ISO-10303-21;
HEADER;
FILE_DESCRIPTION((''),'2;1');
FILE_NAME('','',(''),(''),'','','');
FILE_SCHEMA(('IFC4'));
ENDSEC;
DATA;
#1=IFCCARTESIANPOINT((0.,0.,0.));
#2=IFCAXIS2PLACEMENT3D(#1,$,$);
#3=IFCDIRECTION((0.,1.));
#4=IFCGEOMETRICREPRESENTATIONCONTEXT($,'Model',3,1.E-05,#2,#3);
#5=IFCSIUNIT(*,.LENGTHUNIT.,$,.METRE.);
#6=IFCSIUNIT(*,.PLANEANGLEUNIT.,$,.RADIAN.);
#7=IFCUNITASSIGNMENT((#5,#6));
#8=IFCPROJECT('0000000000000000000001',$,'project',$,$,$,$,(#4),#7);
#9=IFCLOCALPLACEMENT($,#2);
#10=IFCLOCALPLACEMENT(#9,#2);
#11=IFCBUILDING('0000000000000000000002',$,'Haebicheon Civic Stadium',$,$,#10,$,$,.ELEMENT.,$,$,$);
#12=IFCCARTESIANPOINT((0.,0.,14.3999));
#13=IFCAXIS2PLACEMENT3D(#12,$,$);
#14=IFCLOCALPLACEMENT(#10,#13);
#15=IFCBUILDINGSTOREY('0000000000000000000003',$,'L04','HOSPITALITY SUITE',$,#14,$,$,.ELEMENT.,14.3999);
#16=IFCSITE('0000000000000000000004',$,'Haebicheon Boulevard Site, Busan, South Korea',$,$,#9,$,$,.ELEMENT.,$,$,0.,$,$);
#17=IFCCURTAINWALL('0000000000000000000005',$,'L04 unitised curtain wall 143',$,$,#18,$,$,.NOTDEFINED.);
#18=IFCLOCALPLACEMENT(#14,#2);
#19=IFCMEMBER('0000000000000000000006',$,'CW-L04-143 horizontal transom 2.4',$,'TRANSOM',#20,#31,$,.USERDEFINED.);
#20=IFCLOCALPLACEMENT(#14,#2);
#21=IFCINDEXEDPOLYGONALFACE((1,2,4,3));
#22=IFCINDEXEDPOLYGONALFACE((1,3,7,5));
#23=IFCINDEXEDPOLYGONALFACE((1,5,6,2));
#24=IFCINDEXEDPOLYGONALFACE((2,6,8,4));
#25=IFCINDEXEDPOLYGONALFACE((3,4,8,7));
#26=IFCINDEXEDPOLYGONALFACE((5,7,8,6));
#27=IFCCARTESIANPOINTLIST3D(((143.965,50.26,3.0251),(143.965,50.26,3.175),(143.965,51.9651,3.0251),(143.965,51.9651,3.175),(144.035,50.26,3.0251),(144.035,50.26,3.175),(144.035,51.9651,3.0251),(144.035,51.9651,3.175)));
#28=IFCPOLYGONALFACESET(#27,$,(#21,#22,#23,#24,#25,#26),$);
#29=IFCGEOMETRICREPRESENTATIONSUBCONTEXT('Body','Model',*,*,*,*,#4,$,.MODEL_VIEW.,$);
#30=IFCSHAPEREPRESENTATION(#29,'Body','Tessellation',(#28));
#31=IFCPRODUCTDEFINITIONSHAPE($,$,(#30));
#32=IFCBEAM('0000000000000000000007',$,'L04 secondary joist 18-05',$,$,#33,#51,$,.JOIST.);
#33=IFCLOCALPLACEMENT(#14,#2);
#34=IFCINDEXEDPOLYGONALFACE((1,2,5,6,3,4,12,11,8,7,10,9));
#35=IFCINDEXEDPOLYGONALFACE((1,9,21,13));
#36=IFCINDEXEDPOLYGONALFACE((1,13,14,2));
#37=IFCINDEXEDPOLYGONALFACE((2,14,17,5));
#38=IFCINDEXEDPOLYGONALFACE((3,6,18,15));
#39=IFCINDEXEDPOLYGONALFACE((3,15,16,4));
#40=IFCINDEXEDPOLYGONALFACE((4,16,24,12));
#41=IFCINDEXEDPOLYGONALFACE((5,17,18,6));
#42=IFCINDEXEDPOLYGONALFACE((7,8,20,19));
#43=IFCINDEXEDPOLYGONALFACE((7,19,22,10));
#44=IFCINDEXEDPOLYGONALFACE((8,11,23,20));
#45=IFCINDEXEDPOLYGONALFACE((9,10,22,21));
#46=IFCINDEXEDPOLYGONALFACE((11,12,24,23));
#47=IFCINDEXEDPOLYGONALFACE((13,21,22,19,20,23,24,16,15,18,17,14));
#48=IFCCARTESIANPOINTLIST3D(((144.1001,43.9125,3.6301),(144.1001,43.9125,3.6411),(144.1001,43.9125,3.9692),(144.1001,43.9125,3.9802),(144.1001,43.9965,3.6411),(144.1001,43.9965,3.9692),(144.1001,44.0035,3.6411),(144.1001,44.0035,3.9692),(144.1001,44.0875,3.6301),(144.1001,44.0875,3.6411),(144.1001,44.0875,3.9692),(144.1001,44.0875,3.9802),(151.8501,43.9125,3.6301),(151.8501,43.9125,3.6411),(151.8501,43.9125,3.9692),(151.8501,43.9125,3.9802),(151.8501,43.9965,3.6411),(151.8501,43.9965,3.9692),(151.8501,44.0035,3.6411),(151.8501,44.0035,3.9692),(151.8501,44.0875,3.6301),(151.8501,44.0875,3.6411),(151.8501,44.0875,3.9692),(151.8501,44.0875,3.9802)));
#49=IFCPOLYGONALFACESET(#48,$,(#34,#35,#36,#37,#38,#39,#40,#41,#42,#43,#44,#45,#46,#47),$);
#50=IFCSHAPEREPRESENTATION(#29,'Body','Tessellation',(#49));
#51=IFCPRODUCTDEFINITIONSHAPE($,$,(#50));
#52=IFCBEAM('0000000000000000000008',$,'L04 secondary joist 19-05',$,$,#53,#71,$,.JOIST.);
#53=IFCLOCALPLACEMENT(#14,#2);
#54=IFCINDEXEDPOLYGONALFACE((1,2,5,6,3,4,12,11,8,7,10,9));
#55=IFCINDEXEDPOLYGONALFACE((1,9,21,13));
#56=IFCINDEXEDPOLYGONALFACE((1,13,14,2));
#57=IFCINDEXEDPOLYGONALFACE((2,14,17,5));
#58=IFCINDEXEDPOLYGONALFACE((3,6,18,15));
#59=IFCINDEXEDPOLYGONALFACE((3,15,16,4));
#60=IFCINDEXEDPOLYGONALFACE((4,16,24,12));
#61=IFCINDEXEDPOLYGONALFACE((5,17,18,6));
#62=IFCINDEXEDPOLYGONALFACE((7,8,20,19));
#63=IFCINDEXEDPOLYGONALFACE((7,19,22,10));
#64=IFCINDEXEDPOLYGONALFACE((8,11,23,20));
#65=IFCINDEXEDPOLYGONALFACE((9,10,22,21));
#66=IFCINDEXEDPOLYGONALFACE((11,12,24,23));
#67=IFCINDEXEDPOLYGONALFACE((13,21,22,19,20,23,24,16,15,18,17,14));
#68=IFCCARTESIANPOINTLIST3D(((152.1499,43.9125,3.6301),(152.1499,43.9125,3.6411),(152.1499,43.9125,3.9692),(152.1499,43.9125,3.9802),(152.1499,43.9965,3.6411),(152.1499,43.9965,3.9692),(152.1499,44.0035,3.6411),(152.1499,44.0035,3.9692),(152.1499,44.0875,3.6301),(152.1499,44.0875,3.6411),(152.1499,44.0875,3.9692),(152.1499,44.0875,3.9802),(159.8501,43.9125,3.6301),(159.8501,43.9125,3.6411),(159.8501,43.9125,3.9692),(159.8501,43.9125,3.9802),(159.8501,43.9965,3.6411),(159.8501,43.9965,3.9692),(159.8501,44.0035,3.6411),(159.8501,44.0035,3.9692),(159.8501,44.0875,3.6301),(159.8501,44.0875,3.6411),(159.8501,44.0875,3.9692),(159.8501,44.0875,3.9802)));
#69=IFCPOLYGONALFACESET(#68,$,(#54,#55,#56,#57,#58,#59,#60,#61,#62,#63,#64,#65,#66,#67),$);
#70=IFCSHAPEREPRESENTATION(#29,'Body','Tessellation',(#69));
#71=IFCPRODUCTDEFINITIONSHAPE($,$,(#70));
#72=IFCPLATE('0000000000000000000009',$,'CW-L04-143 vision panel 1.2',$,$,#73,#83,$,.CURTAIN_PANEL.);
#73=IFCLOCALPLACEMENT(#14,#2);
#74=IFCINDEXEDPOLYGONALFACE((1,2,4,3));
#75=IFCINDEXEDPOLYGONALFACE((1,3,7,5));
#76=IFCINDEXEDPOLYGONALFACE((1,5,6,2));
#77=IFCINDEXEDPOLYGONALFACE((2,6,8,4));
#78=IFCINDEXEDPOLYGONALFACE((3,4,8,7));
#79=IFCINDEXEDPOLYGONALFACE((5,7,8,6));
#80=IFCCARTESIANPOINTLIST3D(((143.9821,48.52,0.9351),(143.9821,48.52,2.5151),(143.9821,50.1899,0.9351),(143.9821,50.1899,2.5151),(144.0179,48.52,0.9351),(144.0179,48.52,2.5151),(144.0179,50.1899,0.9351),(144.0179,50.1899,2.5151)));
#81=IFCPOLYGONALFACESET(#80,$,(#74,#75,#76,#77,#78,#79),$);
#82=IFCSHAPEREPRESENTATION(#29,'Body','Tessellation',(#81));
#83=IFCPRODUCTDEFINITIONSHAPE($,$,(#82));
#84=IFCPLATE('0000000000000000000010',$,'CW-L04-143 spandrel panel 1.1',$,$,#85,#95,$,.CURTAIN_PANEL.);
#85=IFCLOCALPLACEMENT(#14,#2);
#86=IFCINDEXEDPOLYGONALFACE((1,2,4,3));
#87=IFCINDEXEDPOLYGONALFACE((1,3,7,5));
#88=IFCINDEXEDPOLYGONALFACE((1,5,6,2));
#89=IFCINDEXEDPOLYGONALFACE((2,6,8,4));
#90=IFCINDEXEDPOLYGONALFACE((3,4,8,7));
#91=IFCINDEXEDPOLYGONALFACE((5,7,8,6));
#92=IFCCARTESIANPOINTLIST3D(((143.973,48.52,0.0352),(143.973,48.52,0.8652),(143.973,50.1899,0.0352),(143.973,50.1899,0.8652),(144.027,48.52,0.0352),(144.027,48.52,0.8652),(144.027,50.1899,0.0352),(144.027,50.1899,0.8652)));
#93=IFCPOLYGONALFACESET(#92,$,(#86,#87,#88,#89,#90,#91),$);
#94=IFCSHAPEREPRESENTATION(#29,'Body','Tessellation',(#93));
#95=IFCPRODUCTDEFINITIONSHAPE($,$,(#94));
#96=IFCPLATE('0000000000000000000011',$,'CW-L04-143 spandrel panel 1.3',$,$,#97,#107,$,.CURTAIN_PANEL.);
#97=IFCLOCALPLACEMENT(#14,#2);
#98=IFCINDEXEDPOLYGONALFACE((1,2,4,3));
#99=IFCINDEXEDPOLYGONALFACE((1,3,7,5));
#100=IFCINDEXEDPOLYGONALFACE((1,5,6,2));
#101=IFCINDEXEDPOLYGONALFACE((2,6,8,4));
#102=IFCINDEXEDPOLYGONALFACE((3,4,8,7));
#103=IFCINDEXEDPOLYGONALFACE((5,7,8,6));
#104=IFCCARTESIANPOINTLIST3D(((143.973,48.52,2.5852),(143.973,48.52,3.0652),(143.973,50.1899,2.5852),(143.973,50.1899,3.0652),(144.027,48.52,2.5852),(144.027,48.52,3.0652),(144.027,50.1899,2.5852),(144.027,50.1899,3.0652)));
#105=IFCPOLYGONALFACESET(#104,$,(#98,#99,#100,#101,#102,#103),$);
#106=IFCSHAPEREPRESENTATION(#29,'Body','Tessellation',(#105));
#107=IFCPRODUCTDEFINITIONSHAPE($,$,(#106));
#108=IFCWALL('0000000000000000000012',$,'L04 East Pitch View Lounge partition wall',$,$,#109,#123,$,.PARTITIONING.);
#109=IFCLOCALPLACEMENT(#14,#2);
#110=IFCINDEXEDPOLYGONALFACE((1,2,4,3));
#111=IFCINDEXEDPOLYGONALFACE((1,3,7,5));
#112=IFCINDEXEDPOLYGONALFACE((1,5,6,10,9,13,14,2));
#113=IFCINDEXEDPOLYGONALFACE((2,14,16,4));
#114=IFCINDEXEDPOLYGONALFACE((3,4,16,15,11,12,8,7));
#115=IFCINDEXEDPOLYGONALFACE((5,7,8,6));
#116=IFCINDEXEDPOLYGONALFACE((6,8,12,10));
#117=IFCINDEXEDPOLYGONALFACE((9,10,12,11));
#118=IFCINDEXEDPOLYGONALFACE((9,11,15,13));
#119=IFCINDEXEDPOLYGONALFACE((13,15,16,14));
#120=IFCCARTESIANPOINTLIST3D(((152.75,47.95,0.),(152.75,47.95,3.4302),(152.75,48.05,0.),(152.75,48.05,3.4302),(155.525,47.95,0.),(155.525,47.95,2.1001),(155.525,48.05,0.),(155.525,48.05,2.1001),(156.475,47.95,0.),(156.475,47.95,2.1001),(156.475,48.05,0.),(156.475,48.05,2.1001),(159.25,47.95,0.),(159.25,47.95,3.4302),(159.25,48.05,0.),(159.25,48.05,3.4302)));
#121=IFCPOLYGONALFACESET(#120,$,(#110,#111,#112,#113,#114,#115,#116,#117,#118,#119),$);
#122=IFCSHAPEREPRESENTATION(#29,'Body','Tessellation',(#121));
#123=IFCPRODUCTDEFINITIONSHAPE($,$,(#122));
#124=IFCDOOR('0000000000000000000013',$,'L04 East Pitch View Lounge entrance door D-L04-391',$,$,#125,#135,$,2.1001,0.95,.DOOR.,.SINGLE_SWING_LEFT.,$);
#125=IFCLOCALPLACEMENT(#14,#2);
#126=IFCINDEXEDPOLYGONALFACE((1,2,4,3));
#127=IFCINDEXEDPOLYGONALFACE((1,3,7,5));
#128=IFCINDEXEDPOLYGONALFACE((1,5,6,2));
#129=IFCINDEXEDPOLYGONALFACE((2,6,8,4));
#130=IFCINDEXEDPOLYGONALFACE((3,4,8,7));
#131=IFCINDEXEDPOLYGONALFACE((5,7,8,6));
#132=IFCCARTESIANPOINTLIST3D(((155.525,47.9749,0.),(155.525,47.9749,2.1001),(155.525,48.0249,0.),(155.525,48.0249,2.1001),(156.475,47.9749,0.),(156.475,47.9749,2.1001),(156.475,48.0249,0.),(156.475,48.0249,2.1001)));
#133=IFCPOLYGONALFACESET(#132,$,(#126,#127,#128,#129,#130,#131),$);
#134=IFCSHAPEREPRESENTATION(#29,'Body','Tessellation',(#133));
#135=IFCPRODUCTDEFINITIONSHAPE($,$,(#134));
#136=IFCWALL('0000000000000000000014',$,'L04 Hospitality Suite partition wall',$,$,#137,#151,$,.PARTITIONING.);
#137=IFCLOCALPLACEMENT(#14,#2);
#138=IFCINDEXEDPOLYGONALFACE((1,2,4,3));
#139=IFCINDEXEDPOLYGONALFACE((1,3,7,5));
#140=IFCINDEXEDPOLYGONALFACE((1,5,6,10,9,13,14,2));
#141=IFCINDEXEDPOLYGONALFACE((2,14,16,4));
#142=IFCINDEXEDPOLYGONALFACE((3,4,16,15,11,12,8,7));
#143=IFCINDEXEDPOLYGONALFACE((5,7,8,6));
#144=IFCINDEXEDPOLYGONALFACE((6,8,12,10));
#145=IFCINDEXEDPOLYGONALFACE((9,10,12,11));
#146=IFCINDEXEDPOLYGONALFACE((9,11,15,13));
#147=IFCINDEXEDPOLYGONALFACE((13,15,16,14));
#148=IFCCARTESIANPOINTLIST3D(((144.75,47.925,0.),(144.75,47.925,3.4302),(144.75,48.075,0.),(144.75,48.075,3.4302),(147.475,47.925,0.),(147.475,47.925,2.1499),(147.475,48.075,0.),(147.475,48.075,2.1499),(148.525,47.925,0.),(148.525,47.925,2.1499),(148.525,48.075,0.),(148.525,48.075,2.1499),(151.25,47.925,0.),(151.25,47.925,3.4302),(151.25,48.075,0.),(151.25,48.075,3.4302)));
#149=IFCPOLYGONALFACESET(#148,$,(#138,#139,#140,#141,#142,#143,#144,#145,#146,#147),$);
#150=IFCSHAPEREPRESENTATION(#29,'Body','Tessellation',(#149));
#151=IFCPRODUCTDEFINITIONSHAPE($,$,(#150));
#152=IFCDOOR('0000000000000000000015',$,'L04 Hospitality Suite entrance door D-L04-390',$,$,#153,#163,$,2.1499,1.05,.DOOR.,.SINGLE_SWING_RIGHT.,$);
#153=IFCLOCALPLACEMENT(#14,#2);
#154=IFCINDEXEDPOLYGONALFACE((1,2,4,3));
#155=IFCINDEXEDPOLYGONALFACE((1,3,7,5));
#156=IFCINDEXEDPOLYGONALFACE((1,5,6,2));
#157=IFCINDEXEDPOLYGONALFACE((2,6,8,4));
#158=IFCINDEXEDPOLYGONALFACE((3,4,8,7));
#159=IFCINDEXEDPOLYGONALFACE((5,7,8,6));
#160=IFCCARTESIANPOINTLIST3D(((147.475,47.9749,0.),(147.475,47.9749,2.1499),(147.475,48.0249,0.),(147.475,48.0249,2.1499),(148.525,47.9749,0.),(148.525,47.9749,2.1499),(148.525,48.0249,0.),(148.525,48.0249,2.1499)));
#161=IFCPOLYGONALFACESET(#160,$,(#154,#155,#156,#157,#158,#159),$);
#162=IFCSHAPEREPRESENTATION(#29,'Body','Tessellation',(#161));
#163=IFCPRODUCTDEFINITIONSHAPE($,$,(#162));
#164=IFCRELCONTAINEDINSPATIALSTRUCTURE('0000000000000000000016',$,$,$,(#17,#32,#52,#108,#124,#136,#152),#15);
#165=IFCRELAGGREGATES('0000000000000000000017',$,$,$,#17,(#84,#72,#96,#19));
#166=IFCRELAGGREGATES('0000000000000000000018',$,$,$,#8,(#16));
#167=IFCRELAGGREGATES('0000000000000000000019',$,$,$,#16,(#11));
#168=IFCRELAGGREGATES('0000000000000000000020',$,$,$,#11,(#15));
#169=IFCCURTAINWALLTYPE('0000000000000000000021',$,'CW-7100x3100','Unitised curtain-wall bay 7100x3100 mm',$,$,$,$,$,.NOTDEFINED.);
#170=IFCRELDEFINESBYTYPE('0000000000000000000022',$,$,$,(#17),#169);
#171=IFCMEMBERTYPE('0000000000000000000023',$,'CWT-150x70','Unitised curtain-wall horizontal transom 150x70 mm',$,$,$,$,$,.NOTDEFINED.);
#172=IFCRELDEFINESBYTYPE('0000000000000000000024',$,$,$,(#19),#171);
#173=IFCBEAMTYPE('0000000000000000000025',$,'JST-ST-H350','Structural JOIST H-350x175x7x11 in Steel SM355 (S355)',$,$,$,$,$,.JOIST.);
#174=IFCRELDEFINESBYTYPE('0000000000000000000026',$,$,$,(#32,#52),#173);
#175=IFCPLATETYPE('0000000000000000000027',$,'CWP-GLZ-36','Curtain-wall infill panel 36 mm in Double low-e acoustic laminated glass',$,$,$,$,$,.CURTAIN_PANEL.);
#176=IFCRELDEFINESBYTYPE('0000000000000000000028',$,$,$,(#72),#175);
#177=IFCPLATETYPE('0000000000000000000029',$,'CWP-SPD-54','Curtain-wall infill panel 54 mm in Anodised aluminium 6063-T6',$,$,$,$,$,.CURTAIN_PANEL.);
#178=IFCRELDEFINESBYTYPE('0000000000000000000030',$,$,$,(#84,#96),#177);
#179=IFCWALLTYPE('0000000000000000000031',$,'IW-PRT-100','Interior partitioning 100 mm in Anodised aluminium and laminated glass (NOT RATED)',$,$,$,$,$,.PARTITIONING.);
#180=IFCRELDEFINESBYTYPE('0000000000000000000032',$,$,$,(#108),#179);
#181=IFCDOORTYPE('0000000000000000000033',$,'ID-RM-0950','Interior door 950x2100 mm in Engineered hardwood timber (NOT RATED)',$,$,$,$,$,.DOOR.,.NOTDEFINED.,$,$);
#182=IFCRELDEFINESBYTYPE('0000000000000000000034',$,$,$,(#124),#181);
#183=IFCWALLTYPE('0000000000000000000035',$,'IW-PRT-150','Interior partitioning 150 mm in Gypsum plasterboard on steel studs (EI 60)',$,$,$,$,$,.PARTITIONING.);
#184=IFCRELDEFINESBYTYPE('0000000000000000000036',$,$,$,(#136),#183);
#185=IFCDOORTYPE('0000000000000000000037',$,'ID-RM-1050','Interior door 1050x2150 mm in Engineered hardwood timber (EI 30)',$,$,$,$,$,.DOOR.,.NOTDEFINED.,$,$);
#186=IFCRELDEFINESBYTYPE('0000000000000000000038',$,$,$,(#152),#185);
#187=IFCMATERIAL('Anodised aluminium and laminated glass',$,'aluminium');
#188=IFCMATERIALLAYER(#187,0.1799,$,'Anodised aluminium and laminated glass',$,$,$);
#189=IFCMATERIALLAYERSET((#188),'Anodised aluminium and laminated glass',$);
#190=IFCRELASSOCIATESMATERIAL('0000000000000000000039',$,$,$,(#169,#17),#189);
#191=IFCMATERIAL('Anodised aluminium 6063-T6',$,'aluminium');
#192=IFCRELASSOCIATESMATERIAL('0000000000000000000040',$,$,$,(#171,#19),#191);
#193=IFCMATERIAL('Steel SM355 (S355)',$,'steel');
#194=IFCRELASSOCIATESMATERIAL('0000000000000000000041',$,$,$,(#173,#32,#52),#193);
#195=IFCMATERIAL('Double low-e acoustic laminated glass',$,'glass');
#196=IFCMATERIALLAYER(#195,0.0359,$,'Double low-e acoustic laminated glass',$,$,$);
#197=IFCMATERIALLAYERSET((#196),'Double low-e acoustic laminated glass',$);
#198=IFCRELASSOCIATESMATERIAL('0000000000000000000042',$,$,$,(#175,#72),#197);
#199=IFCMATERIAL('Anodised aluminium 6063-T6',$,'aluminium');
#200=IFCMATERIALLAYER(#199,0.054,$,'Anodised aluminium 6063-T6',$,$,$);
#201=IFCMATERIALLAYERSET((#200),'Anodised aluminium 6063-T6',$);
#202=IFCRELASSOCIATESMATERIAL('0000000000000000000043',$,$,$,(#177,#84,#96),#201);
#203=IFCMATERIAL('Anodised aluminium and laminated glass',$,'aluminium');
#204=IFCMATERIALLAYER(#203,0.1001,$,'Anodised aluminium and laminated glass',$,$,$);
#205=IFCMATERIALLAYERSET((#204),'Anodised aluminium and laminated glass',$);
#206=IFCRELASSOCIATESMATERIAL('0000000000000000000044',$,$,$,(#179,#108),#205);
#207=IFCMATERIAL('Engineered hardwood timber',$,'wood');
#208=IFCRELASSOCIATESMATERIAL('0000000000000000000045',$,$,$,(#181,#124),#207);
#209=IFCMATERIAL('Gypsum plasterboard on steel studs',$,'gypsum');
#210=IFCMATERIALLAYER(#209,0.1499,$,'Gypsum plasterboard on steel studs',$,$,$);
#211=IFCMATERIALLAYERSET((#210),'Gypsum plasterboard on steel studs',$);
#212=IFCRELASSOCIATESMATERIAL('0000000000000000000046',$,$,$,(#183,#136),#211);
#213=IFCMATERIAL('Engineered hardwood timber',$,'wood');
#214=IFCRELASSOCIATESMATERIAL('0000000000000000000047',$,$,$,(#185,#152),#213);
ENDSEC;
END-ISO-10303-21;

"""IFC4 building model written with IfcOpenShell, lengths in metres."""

from ifc_helpers import new_model, si_unit, direction, frame, frame_2d, origin, origin_2d, place, context, subcontext, project, spatial, rectangle, i_section, extrude, material, layer, layer_set, material_profile, profile_set, type_object, element, fill, aggregate, save


model = new_model("IFC4")

# Units and contexts
model_context = context("Model", 3, precision=1e-05, world=origin(), true_north=direction((0.0, 1.0)))
body_context = subcontext(model_context, "Body", "Model", "MODEL_VIEW")
ifc_project = project(units=[si_unit("LENGTHUNIT", "METRE"), si_unit("PLANEANGLEUNIT", "RADIAN")], contexts=[model_context])

# Site, building, storey
site_placement = place(None, origin())
site = spatial("IfcSite", under=ifc_project, at=site_placement, Name="Haebicheon Boulevard Site, Busan, South Korea", CompositionType="ELEMENT", RefElevation=0.0)
building_placement = place(site_placement, origin())
building = spatial("IfcBuilding", under=site, at=building_placement, Name="Haebicheon Civic Stadium", CompositionType="ELEMENT")
storey_placement = place(building_placement, frame((0.0, 0.0, 14.3999)))
storey = spatial("IfcBuildingStorey", under=building, at=storey_placement, Name="L04", Description="HOSPITALITY SUITE", CompositionType="ELEMENT", Elevation=14.3999)

# Curtain wall, member
ifc_material_1 = material(Name="Anodised aluminium and laminated glass", Category="aluminium")
ifc_layer_1 = layer(ifc_material_1, 0.1799, Name="Anodised aluminium and laminated glass")
ifc_layer_set_1 = layer_set([ifc_layer_1], Name="Anodised aluminium and laminated glass")
curtain_wall_type = type_object("IfcCurtainWallType", Name="CW-7100x3100", Description="Unitised curtain-wall bay 7100x3100 mm", PredefinedType="NOTDEFINED", material=ifc_layer_set_1)
curtain_wall_placement = place(storey_placement, origin())
curtain_wall = element("IfcCurtainWall", 1, at=curtain_wall_placement, inside=storey, type_object=curtain_wall_type, material=ifc_layer_set_1, Name="L04 unitised curtain wall 143", PredefinedType="NOTDEFINED")
ifc_material_2 = material(Name="Anodised aluminium 6063-T6", Category="aluminium")
ifc_material_profile_1 = material_profile(ifc_material_2, rectangle(XDim=0.0701, YDim=0.1499, at=origin_2d()), Name="ALU-TRAN-70x150")
ifc_profile_set_1 = profile_set([ifc_material_profile_1], Name="Anodised aluminium 6063-T6")
member_type_1 = type_object("IfcMemberType", Name="CWT-150x70", Description="Unitised curtain-wall horizontal transom 150x70 mm", PredefinedType="NOTDEFINED", material=ifc_profile_set_1)
member_1_placement = place(storey_placement, frame((144.0, 50.26, 3.1001), z_axis=(0.0, 1.0, 0.0), x_axis=(-1.0, 0.0, 0.0)))
member_1 = element("IfcMember", 2, at=member_1_placement, type_object=member_type_1, material=ifc_profile_set_1, Name="CW-L04-143 horizontal transom 2.4", ObjectType="TRANSOM", PredefinedType="USERDEFINED", context=body_context, shape_type="SweptSolid", body=[
    extrude(rectangle(XDim=0.0701, YDim=0.1499, at=origin_2d()), origin(), (0.0, 0.0, 1.0), 1.7051),
])

# Beams
ifc_material_3 = material(Name="Steel SM355 (S355)", Category="steel")
ifc_material_profile_2 = material_profile(ifc_material_3, i_section(OverallWidth=0.175, OverallDepth=0.3501, WebThickness=0.0071, FlangeThickness=0.011, at=origin_2d()), Name="H-350x175x7x11")
ifc_profile_set_2 = profile_set([ifc_material_profile_2], Name="Steel SM355 (S355)")
beam_type_1 = type_object("IfcBeamType", Name="JST-ST-H350", Description="Structural JOIST H-350x175x7x11 in Steel SM355 (S355)", PredefinedType="JOIST", material=ifc_profile_set_2)
beam_1_placement = place(storey_placement, frame((144.1001, 44.0, 3.8052), z_axis=(1.0, 0.0, 0.0), x_axis=(0.0, 1.0, 0.0)))
element("IfcBeam", 3, at=beam_1_placement, inside=storey, type_object=beam_type_1, material=ifc_profile_set_2, Name="L04 secondary joist 18-05", PredefinedType="JOIST", context=body_context, shape_type="SweptSolid", body=[
    extrude(i_section(OverallWidth=0.175, OverallDepth=0.3501, WebThickness=0.0071, FlangeThickness=0.011, at=origin_2d()), origin(), (0.0, 0.0, 1.0), 7.75),
])
beam_2_placement = place(storey_placement, frame((152.1499, 44.0, 3.8052), z_axis=(1.0, 0.0, 0.0), x_axis=(0.0, 1.0, 0.0)))
element("IfcBeam", 4, at=beam_2_placement, inside=storey, type_object=beam_type_1, material=ifc_profile_set_2, Name="L04 secondary joist 19-05", PredefinedType="JOIST", context=body_context, shape_type="SweptSolid", body=[
    extrude(i_section(OverallWidth=0.175, OverallDepth=0.3501, WebThickness=0.0071, FlangeThickness=0.011, at=origin_2d()), origin(), (0.0, 0.0, 1.0), 7.7002),
])

# Plates
ifc_material_4 = material(Name="Double low-e acoustic laminated glass", Category="glass")
ifc_layer_2 = layer(ifc_material_4, 0.0359, Name="Double low-e acoustic laminated glass")
ifc_layer_set_2 = layer_set([ifc_layer_2], Name="Double low-e acoustic laminated glass")
plate_type_1 = type_object("IfcPlateType", Name="CWP-GLZ-36", Description="Curtain-wall infill panel 36 mm in Double low-e acoustic laminated glass", PredefinedType="CURTAIN_PANEL", material=ifc_layer_set_2)
plate_1_placement = place(storey_placement, frame((144.0, 49.355, 0.9351), z_axis=(0.0, 0.0, 1.0), x_axis=(0.0, 1.0, 0.0)))
plate_1 = element("IfcPlate", 5, at=plate_1_placement, type_object=plate_type_1, material=ifc_layer_set_2, Name="CW-L04-143 vision panel 1.2", PredefinedType="CURTAIN_PANEL", context=body_context, shape_type="SweptSolid", body=[
    extrude(rectangle(XDim=1.6699, YDim=0.0359, at=origin_2d()), origin(), (0.0, 0.0, 1.0), 1.5801),
])
ifc_material_5 = material(Name="Anodised aluminium 6063-T6", Category="aluminium")
ifc_layer_3 = layer(ifc_material_5, 0.054, Name="Anodised aluminium 6063-T6")
ifc_layer_set_3 = layer_set([ifc_layer_3], Name="Anodised aluminium 6063-T6")
plate_type_2 = type_object("IfcPlateType", Name="CWP-SPD-54", Description="Curtain-wall infill panel 54 mm in Anodised aluminium 6063-T6", PredefinedType="CURTAIN_PANEL", material=ifc_layer_set_3)
plate_2_placement = place(storey_placement, frame((144.0, 49.355, 0.0352), z_axis=(0.0, 0.0, 1.0), x_axis=(0.0, 1.0, 0.0)))
plate_2 = element("IfcPlate", 6, at=plate_2_placement, type_object=plate_type_2, material=ifc_layer_set_3, Name="CW-L04-143 spandrel panel 1.1", PredefinedType="CURTAIN_PANEL", context=body_context, shape_type="SweptSolid", body=[
    extrude(rectangle(XDim=1.6699, YDim=0.054, at=origin_2d()), origin(), (0.0, 0.0, 1.0), 0.8301),
])
plate_3_placement = place(storey_placement, frame((144.0, 49.355, 2.5852), z_axis=(0.0, 0.0, 1.0), x_axis=(0.0, 1.0, 0.0)))
plate_3 = element("IfcPlate", 7, at=plate_3_placement, type_object=plate_type_2, material=ifc_layer_set_3, Name="CW-L04-143 spandrel panel 1.3", PredefinedType="CURTAIN_PANEL", context=body_context, shape_type="SweptSolid", body=[
    extrude(rectangle(XDim=1.6699, YDim=0.054, at=origin_2d()), origin(), (0.0, 0.0, 1.0), 0.48),
])
aggregate(curtain_wall, [plate_2, plate_1, plate_3, member_1])

# Walls, openings, doors
ifc_material_6 = material(Name="Anodised aluminium and laminated glass", Category="aluminium")
ifc_layer_4 = layer(ifc_material_6, 0.1001, Name="Anodised aluminium and laminated glass")
ifc_layer_set_4 = layer_set([ifc_layer_4], Name="Anodised aluminium and laminated glass")
wall_type_1 = type_object("IfcWallType", Name="IW-PRT-100", Description="Interior partitioning 100 mm in Anodised aluminium and laminated glass (NOT RATED)", PredefinedType="PARTITIONING", material=ifc_layer_set_4)
wall_1_placement = place(storey_placement, frame((152.75, 48.0, 0.0), z_axis=(0.0, 0.0, 1.0), x_axis=(1.0, 0.0, 0.0)))
wall_1 = element("IfcWall", 8, at=wall_1_placement, inside=storey, type_object=wall_type_1, material=ifc_layer_set_4, Name="L04 East Pitch View Lounge partition wall", PredefinedType="PARTITIONING", context=body_context, shape_type="SweptSolid", body=[
    extrude(rectangle(XDim=6.5, YDim=0.1001, at=frame_2d((3.25, 0.0))), origin(), (0.0, 0.0, 1.0), 3.4302),
])
opening_1_placement = place(wall_1_placement, frame((2.7749, 0.0, 0.0)))
opening_1 = element("IfcOpeningElement", 9, at=opening_1_placement, cuts=wall_1, PredefinedType="OPENING", context=body_context, shape_type="SweptSolid", body=[
    extrude(rectangle(XDim=0.95, YDim=2.1001, at=frame_2d((0.4751, 1.05))), frame((0.0, 0.0601, 0.0), z_axis=(0.0, -1.0, 0.0), x_axis=(1.0, 0.0, 0.0)), (0.0, 0.0, 1.0), 0.1201),
])
ifc_material_7 = material(Name="Engineered hardwood timber", Category="wood")
door_type_1 = type_object("IfcDoorType", Name="ID-RM-0950", Description="Interior door 950x2100 mm in Engineered hardwood timber (NOT RATED)", OperationType="NOTDEFINED", PredefinedType="DOOR", material=ifc_material_7)
door_1_placement = place(opening_1_placement, origin())
door_1 = element("IfcDoor", 10, at=door_1_placement, inside=storey, type_object=door_type_1, material=ifc_material_7, Name="L04 East Pitch View Lounge entrance door D-L04-391", OperationType="SINGLE_SWING_LEFT", OverallHeight=2.1001, OverallWidth=0.95, PredefinedType="DOOR", context=body_context, shape_type="SweptSolid", body=[
    extrude(rectangle(XDim=0.95, YDim=2.1001, at=frame_2d((0.4751, 1.05))), frame((0.0, 0.0249, 0.0), z_axis=(0.0, -1.0, 0.0), x_axis=(1.0, 0.0, 0.0)), (0.0, 0.0, 1.0), 0.05),
])
fill(opening_1, door_1)
ifc_material_8 = material(Name="Gypsum plasterboard on steel studs", Category="gypsum")
ifc_layer_5 = layer(ifc_material_8, 0.1499, Name="Gypsum plasterboard on steel studs")
ifc_layer_set_5 = layer_set([ifc_layer_5], Name="Gypsum plasterboard on steel studs")
wall_type_2 = type_object("IfcWallType", Name="IW-PRT-150", Description="Interior partitioning 150 mm in Gypsum plasterboard on steel studs (EI 60)", PredefinedType="PARTITIONING", material=ifc_layer_set_5)
wall_2_placement = place(storey_placement, frame((144.75, 48.0, 0.0), z_axis=(0.0, 0.0, 1.0), x_axis=(1.0, 0.0, 0.0)))
wall_2 = element("IfcWall", 11, at=wall_2_placement, inside=storey, type_object=wall_type_2, material=ifc_layer_set_5, Name="L04 Hospitality Suite partition wall", PredefinedType="PARTITIONING", context=body_context, shape_type="SweptSolid", body=[
    extrude(rectangle(XDim=6.5, YDim=0.1499, at=frame_2d((3.25, 0.0))), origin(), (0.0, 0.0, 1.0), 3.4302),
])
opening_2_placement = place(wall_2_placement, frame((2.7251, 0.0, 0.0)))
opening_2 = element("IfcOpeningElement", 12, at=opening_2_placement, cuts=wall_2, PredefinedType="OPENING", context=body_context, shape_type="SweptSolid", body=[
    extrude(rectangle(XDim=1.05, YDim=2.1499, at=frame_2d((0.5249, 1.075))), frame((0.0, 0.085, 0.0), z_axis=(0.0, -1.0, 0.0), x_axis=(1.0, 0.0, 0.0)), (0.0, 0.0, 1.0), 0.1699),
])
ifc_material_9 = material(Name="Engineered hardwood timber", Category="wood")
door_type_2 = type_object("IfcDoorType", Name="ID-RM-1050", Description="Interior door 1050x2150 mm in Engineered hardwood timber (EI 30)", OperationType="NOTDEFINED", PredefinedType="DOOR", material=ifc_material_9)
door_2_placement = place(opening_2_placement, origin())
door_2 = element("IfcDoor", 13, at=door_2_placement, inside=storey, type_object=door_type_2, material=ifc_material_9, Name="L04 Hospitality Suite entrance door D-L04-390", OperationType="SINGLE_SWING_RIGHT", OverallHeight=2.1499, OverallWidth=1.05, PredefinedType="DOOR", context=body_context, shape_type="SweptSolid", body=[
    extrude(rectangle(XDim=1.05, YDim=2.1499, at=frame_2d((0.5249, 1.075))), frame((0.0, 0.0249, 0.0), z_axis=(0.0, -1.0, 0.0), x_axis=(1.0, 0.0, 0.0)), (0.0, 0.0, 1.0), 0.05),
])
fill(opening_2, door_2)

save(model, "model.ifc")
